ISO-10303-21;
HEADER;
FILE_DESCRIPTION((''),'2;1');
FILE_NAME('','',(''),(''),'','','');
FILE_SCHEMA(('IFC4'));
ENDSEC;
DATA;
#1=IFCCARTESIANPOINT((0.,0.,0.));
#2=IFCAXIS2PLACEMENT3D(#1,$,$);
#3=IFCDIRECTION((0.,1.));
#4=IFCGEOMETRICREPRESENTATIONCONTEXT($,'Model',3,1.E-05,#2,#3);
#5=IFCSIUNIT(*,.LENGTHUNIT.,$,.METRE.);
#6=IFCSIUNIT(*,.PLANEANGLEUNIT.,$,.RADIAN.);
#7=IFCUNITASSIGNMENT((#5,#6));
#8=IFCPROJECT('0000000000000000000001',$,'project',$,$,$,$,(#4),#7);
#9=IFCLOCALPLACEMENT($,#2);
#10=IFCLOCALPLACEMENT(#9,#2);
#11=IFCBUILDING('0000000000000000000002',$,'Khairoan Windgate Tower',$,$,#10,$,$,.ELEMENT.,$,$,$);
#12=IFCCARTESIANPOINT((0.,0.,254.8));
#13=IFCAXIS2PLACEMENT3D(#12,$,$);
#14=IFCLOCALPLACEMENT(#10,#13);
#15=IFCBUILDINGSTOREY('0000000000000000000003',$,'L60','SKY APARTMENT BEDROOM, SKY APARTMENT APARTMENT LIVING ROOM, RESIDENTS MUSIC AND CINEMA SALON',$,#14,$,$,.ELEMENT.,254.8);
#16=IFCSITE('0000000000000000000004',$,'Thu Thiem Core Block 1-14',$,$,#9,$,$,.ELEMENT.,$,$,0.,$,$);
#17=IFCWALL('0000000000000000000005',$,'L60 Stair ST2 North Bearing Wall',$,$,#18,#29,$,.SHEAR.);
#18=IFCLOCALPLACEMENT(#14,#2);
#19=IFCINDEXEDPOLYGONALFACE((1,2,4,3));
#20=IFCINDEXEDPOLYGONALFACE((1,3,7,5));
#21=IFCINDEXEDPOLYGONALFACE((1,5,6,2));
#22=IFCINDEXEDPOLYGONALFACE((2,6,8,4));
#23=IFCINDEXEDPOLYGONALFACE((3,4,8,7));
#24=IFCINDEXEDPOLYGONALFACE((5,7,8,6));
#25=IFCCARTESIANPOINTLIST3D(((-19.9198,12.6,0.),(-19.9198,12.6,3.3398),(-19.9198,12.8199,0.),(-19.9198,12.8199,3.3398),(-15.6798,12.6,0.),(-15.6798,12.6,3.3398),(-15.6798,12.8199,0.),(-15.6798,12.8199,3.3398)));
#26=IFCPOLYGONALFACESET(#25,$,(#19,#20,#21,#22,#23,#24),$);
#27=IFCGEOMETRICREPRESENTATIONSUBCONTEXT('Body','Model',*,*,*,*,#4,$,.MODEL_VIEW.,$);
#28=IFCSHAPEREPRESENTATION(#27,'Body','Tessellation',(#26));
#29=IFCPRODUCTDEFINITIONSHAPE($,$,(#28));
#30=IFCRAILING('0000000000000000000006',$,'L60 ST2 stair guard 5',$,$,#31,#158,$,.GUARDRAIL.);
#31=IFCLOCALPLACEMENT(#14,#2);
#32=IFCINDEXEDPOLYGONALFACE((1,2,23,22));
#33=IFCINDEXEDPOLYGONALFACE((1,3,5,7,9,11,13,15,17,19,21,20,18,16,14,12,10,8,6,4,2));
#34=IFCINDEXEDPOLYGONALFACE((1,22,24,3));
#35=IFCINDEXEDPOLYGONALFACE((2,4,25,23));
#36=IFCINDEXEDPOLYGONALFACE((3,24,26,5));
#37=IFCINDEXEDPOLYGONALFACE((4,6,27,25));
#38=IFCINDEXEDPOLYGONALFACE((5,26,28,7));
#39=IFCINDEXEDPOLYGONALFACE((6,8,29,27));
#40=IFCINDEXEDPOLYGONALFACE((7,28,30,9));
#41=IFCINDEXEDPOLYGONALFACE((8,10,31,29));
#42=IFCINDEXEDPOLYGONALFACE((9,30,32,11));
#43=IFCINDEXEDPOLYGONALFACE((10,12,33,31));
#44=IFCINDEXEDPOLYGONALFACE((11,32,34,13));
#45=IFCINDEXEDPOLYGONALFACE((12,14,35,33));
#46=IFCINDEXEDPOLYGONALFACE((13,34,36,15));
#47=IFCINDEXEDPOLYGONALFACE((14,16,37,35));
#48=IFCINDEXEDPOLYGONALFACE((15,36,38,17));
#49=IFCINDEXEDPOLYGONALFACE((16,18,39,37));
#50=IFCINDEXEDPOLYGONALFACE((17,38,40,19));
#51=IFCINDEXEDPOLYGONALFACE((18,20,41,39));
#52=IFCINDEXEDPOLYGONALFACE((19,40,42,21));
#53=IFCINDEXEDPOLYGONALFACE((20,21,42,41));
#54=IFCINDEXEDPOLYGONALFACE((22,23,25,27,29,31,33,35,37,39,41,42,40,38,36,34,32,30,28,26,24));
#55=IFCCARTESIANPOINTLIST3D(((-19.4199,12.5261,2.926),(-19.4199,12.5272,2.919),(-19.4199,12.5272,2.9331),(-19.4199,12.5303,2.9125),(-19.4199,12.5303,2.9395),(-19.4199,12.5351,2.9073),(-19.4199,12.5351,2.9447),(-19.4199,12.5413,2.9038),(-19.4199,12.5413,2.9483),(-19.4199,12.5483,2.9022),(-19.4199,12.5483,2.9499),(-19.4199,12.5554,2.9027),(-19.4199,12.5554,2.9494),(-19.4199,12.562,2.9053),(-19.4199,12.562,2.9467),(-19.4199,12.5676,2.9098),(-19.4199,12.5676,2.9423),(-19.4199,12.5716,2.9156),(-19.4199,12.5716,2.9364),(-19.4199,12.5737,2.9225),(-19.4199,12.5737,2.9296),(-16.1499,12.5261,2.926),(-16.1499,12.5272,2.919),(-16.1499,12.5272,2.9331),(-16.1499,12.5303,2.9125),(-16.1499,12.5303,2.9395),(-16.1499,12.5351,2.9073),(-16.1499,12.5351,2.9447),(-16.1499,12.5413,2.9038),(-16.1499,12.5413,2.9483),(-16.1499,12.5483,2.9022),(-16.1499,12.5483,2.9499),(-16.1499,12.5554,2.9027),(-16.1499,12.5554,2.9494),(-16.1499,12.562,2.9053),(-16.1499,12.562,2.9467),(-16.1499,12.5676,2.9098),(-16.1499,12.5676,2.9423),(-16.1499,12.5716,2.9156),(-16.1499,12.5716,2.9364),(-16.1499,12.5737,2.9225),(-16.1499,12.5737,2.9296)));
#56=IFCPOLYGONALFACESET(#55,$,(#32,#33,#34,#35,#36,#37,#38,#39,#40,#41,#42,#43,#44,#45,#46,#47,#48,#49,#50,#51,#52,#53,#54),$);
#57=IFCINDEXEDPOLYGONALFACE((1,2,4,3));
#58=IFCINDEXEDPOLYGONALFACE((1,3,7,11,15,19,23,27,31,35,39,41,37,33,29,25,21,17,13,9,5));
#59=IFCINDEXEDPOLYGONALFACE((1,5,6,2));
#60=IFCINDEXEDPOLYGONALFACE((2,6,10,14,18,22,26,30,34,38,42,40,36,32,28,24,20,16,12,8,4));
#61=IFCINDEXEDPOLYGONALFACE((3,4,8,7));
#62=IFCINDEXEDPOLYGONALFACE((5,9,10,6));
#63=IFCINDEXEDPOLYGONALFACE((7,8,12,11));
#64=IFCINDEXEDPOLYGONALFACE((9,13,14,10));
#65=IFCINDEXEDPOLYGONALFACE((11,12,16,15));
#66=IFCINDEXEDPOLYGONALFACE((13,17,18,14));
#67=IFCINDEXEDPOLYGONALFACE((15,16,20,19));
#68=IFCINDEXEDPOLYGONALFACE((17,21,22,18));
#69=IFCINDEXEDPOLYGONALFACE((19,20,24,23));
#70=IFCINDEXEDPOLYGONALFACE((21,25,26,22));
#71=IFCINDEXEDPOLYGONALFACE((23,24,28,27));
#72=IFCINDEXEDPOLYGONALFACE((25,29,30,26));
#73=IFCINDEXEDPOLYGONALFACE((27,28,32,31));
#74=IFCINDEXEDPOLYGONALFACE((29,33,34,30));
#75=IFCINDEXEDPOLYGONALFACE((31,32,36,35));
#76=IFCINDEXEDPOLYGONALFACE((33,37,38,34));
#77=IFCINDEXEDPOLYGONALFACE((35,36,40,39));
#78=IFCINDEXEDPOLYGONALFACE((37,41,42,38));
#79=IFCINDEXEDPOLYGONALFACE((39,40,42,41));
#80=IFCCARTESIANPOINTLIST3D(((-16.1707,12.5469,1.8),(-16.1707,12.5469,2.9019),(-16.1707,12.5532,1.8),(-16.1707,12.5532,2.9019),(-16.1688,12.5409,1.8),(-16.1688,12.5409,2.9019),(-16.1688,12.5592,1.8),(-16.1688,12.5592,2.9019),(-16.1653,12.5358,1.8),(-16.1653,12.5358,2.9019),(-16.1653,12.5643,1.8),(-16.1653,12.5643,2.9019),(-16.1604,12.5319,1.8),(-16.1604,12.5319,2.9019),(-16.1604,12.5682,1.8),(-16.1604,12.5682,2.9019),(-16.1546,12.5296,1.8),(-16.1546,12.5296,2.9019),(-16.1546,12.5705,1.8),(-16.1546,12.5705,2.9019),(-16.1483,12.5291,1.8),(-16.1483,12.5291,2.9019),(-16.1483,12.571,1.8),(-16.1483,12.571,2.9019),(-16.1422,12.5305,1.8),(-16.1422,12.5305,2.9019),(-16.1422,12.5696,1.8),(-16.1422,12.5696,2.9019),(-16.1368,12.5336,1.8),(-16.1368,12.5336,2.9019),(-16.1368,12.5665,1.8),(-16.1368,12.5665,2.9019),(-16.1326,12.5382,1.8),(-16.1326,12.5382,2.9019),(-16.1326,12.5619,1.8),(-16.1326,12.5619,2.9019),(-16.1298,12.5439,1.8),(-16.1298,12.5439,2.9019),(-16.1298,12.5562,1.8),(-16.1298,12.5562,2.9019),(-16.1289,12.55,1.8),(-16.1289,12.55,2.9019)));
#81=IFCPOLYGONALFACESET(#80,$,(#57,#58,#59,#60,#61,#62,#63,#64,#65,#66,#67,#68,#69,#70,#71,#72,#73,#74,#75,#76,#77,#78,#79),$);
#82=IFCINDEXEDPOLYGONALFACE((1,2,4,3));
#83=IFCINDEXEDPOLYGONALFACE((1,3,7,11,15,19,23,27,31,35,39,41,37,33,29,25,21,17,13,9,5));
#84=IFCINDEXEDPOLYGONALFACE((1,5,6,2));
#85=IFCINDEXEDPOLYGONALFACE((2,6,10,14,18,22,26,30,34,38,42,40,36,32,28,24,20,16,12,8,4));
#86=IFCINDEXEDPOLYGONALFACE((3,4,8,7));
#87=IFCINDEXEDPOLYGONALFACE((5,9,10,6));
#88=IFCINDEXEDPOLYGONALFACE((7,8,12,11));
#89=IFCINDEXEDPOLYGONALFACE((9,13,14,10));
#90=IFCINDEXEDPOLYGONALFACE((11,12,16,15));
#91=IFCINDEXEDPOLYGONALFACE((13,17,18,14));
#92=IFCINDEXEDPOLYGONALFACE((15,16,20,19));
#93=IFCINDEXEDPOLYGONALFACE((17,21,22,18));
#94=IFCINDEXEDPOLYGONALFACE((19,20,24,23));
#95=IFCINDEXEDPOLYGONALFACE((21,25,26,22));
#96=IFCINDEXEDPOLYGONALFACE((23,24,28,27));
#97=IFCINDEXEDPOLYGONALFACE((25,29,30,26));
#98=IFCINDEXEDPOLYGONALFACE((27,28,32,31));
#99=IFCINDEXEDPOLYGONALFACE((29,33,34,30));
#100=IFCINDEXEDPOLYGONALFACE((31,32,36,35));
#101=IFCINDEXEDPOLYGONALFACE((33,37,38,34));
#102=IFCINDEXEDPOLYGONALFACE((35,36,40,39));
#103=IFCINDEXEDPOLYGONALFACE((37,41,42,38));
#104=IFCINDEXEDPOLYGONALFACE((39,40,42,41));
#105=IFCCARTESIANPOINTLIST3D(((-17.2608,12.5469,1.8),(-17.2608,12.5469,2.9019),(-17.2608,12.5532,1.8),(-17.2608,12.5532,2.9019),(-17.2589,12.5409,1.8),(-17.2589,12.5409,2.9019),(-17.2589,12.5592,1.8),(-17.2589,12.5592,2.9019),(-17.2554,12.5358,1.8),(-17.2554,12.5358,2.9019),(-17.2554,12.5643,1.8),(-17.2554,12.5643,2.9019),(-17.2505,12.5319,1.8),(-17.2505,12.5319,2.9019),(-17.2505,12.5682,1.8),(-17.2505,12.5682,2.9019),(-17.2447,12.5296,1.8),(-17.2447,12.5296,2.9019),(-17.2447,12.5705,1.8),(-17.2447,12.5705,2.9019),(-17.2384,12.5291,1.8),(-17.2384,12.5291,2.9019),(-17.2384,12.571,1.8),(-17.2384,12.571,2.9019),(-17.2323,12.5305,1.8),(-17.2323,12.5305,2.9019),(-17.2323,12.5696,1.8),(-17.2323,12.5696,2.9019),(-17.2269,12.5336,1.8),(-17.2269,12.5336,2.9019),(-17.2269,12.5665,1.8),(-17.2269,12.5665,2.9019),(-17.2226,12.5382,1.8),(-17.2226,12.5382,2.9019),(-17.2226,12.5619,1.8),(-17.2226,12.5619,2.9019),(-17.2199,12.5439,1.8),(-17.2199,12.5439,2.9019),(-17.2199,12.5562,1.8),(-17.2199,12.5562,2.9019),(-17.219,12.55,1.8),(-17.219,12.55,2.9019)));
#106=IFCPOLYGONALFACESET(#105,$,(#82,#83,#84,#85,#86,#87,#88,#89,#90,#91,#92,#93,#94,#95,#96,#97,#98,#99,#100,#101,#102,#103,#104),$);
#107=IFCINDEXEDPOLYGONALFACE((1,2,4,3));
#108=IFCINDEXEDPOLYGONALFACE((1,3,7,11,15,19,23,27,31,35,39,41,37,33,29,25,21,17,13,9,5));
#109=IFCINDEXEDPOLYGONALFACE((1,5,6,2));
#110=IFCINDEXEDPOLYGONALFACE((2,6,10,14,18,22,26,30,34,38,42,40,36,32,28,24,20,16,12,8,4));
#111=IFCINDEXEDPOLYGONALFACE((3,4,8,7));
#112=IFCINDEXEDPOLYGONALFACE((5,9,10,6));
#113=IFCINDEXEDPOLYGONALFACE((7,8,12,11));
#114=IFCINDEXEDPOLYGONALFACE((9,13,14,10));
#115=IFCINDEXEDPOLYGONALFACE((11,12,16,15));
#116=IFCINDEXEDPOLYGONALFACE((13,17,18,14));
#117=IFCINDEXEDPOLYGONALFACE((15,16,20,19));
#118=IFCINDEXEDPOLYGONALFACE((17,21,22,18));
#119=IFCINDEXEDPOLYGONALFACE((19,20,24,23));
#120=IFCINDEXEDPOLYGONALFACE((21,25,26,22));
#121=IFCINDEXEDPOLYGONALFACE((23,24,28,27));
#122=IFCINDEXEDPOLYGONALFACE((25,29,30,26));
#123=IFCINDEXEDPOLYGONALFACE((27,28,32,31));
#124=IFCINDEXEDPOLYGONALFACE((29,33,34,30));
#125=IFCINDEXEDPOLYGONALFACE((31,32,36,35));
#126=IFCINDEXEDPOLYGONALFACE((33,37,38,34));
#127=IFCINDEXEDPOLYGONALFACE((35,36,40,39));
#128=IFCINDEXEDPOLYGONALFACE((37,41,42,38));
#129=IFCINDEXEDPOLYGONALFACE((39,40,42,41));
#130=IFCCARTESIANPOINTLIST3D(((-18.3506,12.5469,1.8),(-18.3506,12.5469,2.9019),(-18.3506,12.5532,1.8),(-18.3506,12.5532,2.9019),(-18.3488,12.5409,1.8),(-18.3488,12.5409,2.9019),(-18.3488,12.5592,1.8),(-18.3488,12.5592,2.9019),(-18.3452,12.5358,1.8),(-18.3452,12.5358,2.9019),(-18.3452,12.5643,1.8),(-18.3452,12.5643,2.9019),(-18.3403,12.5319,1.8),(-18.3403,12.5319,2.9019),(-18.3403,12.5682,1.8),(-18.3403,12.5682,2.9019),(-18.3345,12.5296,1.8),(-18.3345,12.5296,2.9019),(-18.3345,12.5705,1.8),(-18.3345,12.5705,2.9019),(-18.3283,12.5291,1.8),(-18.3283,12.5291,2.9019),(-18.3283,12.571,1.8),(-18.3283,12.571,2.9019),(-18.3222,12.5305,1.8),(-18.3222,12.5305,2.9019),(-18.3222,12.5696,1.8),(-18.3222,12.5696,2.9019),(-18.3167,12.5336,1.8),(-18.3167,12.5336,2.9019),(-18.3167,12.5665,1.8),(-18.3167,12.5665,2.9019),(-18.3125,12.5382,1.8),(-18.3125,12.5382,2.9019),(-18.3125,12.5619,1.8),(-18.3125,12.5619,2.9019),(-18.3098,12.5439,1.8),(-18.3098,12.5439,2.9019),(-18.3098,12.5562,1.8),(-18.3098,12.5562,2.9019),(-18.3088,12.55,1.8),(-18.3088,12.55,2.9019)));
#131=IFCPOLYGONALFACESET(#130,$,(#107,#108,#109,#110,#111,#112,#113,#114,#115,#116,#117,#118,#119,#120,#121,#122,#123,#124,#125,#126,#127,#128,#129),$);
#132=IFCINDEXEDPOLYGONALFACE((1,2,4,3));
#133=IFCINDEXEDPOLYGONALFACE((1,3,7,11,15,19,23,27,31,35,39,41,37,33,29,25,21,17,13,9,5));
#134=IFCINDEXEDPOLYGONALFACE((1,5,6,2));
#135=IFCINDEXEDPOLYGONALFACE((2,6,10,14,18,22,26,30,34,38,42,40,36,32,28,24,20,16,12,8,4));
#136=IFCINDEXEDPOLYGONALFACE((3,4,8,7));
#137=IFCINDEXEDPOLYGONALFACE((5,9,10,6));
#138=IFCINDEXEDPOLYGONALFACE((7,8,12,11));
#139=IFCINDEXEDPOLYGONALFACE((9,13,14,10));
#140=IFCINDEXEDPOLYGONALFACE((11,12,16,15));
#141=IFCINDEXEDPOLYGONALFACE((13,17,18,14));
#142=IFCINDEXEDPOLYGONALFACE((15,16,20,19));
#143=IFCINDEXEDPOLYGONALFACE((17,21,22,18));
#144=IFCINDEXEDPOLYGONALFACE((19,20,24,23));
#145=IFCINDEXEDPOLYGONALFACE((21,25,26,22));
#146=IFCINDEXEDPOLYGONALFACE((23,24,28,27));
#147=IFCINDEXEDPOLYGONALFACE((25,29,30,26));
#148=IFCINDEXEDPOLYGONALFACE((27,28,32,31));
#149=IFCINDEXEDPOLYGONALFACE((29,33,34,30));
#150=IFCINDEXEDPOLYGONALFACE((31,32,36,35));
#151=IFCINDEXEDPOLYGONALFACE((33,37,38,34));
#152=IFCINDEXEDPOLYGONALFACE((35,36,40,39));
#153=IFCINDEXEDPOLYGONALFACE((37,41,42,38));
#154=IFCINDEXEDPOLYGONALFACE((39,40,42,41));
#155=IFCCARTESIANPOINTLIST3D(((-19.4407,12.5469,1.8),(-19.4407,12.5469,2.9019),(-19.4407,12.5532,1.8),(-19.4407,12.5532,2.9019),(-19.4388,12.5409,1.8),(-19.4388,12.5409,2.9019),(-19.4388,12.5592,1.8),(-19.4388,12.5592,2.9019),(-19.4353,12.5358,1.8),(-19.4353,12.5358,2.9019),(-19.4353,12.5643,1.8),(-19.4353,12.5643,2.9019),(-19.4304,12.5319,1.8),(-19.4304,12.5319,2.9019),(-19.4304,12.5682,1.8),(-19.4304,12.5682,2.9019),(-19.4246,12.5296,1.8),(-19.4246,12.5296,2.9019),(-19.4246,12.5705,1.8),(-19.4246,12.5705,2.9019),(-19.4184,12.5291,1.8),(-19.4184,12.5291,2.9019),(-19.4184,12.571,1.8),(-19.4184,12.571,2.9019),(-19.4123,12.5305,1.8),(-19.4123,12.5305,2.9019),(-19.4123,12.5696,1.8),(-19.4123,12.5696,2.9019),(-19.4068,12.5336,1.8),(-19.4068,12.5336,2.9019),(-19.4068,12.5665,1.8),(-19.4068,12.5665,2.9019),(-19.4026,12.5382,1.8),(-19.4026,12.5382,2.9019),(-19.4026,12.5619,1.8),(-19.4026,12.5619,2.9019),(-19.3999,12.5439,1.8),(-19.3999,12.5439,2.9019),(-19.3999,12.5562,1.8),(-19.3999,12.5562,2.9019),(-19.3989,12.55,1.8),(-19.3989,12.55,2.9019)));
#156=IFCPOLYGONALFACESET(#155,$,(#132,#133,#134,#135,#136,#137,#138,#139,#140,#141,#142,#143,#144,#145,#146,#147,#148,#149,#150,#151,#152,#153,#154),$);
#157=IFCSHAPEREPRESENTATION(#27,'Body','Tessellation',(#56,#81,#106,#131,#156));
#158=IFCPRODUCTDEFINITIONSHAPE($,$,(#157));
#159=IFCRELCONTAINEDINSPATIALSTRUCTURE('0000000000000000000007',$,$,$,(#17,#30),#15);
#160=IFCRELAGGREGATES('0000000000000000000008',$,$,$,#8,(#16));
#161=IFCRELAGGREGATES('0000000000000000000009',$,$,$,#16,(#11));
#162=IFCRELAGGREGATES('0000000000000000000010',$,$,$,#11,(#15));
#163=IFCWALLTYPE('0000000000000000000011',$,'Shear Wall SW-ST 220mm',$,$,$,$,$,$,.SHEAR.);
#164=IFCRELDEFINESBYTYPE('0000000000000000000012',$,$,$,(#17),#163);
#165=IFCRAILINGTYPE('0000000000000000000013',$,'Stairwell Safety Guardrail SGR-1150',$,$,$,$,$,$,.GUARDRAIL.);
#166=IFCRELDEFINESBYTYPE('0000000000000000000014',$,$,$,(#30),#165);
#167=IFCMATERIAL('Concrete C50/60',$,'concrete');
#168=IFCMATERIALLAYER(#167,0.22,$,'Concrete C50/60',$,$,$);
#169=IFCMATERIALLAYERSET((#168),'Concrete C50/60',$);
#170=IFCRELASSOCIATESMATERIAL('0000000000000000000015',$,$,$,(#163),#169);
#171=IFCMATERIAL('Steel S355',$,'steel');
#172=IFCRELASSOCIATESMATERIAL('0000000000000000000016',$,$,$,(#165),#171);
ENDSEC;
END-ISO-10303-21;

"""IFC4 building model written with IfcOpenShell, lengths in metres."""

from ifc_helpers import new_model, si_unit, direction, frame, frame_2d, origin, origin_2d, place, context, subcontext, project, spatial, rectangle, circle, extrude, material, layer, layer_set, type_object, element, save


model = new_model("IFC4")

# Units and contexts
model_context = context("Model", 3, precision=1e-05, world=origin(), true_north=direction((0.0, 1.0)))
body_context = subcontext(model_context, "Body", "Model", "MODEL_VIEW")
ifc_project = project(units=[si_unit("LENGTHUNIT", "METRE"), si_unit("PLANEANGLEUNIT", "RADIAN")], contexts=[model_context])

# Site, building, storey
site_placement = place(None, origin())
site = spatial("IfcSite", under=ifc_project, at=site_placement, Name="Thu Thiem Core Block 1-14", CompositionType="ELEMENT", RefElevation=0.0)
building_placement = place(site_placement, origin())
building = spatial("IfcBuilding", under=site, at=building_placement, Name="Khairoan Windgate Tower", CompositionType="ELEMENT")
storey_placement = place(building_placement, frame((0.0, 0.0, 254.8)))
storey = spatial("IfcBuildingStorey", under=building, at=storey_placement, Name="L60", Description="SKY APARTMENT BEDROOM, SKY APARTMENT APARTMENT LIVING ROOM, RESIDENTS MUSIC AND CINEMA SALON", CompositionType="ELEMENT", Elevation=254.8)

# Wall
ifc_material_1 = material(Name="Concrete C50/60", Category="concrete")
ifc_layer_1 = layer(ifc_material_1, 0.22, Name="Concrete C50/60")
ifc_layer_set_1 = layer_set([ifc_layer_1], Name="Concrete C50/60")
wall_type_1 = type_object("IfcWallType", Name="Shear Wall SW-ST 220mm", PredefinedType="SHEAR", material=ifc_layer_set_1)
wall_1_placement = place(storey_placement, frame((-19.9199, 12.71, 0.0), z_axis=(0.0, 0.0, 1.0), x_axis=(1.0, 0.0, 0.0)))
element("IfcWall", 1, at=wall_1_placement, inside=storey, type_object=wall_type_1, Name="L60 Stair ST2 North Bearing Wall", PredefinedType="SHEAR", context=body_context, shape_type="SweptSolid", body=[
    extrude(rectangle(XDim=4.24, YDim=0.22, at=frame_2d((2.1201, 0.0))), origin(), (0.0, 0.0, 1.0), 3.3398),
])

# Railing
ifc_material_2 = material(Name="Steel S355", Category="steel")
railing_type = type_object("IfcRailingType", Name="Stairwell Safety Guardrail SGR-1150", PredefinedType="GUARDRAIL", material=ifc_material_2)
railing_placement = place(storey_placement, frame((-16.1499, 12.55, 1.8)))
element("IfcRailing", 2, at=railing_placement, inside=storey, type_object=railing_type, Name="L60 ST2 stair guard 5", PredefinedType="GUARDRAIL", context=body_context, shape_type="SweptSolid", body=[
    extrude(circle(Radius=0.0239, at=origin_2d()), frame((0.0, 0.0, 1.126), z_axis=(-1.0, 0.0, 0.0), x_axis=(0.0, -1.0, 0.0)), (0.0, 0.0, 1.0), 3.27),
    extrude(circle(Radius=0.021, at=origin_2d()), origin(), (0.0, 0.0, 1.0), 1.1018),
    extrude(circle(Radius=0.021, at=origin_2d()), frame((-1.0901, 0.0, 0.0)), (0.0, 0.0, 1.0), 1.1018),
    extrude(circle(Radius=0.021, at=origin_2d()), frame((-2.1799, 0.0, 0.0)), (0.0, 0.0, 1.0), 1.1018),
    extrude(circle(Radius=0.021, at=origin_2d()), frame((-3.27, 0.0, 0.0)), (0.0, 0.0, 1.0), 1.1018),
])

save(model, "model.ifc")
